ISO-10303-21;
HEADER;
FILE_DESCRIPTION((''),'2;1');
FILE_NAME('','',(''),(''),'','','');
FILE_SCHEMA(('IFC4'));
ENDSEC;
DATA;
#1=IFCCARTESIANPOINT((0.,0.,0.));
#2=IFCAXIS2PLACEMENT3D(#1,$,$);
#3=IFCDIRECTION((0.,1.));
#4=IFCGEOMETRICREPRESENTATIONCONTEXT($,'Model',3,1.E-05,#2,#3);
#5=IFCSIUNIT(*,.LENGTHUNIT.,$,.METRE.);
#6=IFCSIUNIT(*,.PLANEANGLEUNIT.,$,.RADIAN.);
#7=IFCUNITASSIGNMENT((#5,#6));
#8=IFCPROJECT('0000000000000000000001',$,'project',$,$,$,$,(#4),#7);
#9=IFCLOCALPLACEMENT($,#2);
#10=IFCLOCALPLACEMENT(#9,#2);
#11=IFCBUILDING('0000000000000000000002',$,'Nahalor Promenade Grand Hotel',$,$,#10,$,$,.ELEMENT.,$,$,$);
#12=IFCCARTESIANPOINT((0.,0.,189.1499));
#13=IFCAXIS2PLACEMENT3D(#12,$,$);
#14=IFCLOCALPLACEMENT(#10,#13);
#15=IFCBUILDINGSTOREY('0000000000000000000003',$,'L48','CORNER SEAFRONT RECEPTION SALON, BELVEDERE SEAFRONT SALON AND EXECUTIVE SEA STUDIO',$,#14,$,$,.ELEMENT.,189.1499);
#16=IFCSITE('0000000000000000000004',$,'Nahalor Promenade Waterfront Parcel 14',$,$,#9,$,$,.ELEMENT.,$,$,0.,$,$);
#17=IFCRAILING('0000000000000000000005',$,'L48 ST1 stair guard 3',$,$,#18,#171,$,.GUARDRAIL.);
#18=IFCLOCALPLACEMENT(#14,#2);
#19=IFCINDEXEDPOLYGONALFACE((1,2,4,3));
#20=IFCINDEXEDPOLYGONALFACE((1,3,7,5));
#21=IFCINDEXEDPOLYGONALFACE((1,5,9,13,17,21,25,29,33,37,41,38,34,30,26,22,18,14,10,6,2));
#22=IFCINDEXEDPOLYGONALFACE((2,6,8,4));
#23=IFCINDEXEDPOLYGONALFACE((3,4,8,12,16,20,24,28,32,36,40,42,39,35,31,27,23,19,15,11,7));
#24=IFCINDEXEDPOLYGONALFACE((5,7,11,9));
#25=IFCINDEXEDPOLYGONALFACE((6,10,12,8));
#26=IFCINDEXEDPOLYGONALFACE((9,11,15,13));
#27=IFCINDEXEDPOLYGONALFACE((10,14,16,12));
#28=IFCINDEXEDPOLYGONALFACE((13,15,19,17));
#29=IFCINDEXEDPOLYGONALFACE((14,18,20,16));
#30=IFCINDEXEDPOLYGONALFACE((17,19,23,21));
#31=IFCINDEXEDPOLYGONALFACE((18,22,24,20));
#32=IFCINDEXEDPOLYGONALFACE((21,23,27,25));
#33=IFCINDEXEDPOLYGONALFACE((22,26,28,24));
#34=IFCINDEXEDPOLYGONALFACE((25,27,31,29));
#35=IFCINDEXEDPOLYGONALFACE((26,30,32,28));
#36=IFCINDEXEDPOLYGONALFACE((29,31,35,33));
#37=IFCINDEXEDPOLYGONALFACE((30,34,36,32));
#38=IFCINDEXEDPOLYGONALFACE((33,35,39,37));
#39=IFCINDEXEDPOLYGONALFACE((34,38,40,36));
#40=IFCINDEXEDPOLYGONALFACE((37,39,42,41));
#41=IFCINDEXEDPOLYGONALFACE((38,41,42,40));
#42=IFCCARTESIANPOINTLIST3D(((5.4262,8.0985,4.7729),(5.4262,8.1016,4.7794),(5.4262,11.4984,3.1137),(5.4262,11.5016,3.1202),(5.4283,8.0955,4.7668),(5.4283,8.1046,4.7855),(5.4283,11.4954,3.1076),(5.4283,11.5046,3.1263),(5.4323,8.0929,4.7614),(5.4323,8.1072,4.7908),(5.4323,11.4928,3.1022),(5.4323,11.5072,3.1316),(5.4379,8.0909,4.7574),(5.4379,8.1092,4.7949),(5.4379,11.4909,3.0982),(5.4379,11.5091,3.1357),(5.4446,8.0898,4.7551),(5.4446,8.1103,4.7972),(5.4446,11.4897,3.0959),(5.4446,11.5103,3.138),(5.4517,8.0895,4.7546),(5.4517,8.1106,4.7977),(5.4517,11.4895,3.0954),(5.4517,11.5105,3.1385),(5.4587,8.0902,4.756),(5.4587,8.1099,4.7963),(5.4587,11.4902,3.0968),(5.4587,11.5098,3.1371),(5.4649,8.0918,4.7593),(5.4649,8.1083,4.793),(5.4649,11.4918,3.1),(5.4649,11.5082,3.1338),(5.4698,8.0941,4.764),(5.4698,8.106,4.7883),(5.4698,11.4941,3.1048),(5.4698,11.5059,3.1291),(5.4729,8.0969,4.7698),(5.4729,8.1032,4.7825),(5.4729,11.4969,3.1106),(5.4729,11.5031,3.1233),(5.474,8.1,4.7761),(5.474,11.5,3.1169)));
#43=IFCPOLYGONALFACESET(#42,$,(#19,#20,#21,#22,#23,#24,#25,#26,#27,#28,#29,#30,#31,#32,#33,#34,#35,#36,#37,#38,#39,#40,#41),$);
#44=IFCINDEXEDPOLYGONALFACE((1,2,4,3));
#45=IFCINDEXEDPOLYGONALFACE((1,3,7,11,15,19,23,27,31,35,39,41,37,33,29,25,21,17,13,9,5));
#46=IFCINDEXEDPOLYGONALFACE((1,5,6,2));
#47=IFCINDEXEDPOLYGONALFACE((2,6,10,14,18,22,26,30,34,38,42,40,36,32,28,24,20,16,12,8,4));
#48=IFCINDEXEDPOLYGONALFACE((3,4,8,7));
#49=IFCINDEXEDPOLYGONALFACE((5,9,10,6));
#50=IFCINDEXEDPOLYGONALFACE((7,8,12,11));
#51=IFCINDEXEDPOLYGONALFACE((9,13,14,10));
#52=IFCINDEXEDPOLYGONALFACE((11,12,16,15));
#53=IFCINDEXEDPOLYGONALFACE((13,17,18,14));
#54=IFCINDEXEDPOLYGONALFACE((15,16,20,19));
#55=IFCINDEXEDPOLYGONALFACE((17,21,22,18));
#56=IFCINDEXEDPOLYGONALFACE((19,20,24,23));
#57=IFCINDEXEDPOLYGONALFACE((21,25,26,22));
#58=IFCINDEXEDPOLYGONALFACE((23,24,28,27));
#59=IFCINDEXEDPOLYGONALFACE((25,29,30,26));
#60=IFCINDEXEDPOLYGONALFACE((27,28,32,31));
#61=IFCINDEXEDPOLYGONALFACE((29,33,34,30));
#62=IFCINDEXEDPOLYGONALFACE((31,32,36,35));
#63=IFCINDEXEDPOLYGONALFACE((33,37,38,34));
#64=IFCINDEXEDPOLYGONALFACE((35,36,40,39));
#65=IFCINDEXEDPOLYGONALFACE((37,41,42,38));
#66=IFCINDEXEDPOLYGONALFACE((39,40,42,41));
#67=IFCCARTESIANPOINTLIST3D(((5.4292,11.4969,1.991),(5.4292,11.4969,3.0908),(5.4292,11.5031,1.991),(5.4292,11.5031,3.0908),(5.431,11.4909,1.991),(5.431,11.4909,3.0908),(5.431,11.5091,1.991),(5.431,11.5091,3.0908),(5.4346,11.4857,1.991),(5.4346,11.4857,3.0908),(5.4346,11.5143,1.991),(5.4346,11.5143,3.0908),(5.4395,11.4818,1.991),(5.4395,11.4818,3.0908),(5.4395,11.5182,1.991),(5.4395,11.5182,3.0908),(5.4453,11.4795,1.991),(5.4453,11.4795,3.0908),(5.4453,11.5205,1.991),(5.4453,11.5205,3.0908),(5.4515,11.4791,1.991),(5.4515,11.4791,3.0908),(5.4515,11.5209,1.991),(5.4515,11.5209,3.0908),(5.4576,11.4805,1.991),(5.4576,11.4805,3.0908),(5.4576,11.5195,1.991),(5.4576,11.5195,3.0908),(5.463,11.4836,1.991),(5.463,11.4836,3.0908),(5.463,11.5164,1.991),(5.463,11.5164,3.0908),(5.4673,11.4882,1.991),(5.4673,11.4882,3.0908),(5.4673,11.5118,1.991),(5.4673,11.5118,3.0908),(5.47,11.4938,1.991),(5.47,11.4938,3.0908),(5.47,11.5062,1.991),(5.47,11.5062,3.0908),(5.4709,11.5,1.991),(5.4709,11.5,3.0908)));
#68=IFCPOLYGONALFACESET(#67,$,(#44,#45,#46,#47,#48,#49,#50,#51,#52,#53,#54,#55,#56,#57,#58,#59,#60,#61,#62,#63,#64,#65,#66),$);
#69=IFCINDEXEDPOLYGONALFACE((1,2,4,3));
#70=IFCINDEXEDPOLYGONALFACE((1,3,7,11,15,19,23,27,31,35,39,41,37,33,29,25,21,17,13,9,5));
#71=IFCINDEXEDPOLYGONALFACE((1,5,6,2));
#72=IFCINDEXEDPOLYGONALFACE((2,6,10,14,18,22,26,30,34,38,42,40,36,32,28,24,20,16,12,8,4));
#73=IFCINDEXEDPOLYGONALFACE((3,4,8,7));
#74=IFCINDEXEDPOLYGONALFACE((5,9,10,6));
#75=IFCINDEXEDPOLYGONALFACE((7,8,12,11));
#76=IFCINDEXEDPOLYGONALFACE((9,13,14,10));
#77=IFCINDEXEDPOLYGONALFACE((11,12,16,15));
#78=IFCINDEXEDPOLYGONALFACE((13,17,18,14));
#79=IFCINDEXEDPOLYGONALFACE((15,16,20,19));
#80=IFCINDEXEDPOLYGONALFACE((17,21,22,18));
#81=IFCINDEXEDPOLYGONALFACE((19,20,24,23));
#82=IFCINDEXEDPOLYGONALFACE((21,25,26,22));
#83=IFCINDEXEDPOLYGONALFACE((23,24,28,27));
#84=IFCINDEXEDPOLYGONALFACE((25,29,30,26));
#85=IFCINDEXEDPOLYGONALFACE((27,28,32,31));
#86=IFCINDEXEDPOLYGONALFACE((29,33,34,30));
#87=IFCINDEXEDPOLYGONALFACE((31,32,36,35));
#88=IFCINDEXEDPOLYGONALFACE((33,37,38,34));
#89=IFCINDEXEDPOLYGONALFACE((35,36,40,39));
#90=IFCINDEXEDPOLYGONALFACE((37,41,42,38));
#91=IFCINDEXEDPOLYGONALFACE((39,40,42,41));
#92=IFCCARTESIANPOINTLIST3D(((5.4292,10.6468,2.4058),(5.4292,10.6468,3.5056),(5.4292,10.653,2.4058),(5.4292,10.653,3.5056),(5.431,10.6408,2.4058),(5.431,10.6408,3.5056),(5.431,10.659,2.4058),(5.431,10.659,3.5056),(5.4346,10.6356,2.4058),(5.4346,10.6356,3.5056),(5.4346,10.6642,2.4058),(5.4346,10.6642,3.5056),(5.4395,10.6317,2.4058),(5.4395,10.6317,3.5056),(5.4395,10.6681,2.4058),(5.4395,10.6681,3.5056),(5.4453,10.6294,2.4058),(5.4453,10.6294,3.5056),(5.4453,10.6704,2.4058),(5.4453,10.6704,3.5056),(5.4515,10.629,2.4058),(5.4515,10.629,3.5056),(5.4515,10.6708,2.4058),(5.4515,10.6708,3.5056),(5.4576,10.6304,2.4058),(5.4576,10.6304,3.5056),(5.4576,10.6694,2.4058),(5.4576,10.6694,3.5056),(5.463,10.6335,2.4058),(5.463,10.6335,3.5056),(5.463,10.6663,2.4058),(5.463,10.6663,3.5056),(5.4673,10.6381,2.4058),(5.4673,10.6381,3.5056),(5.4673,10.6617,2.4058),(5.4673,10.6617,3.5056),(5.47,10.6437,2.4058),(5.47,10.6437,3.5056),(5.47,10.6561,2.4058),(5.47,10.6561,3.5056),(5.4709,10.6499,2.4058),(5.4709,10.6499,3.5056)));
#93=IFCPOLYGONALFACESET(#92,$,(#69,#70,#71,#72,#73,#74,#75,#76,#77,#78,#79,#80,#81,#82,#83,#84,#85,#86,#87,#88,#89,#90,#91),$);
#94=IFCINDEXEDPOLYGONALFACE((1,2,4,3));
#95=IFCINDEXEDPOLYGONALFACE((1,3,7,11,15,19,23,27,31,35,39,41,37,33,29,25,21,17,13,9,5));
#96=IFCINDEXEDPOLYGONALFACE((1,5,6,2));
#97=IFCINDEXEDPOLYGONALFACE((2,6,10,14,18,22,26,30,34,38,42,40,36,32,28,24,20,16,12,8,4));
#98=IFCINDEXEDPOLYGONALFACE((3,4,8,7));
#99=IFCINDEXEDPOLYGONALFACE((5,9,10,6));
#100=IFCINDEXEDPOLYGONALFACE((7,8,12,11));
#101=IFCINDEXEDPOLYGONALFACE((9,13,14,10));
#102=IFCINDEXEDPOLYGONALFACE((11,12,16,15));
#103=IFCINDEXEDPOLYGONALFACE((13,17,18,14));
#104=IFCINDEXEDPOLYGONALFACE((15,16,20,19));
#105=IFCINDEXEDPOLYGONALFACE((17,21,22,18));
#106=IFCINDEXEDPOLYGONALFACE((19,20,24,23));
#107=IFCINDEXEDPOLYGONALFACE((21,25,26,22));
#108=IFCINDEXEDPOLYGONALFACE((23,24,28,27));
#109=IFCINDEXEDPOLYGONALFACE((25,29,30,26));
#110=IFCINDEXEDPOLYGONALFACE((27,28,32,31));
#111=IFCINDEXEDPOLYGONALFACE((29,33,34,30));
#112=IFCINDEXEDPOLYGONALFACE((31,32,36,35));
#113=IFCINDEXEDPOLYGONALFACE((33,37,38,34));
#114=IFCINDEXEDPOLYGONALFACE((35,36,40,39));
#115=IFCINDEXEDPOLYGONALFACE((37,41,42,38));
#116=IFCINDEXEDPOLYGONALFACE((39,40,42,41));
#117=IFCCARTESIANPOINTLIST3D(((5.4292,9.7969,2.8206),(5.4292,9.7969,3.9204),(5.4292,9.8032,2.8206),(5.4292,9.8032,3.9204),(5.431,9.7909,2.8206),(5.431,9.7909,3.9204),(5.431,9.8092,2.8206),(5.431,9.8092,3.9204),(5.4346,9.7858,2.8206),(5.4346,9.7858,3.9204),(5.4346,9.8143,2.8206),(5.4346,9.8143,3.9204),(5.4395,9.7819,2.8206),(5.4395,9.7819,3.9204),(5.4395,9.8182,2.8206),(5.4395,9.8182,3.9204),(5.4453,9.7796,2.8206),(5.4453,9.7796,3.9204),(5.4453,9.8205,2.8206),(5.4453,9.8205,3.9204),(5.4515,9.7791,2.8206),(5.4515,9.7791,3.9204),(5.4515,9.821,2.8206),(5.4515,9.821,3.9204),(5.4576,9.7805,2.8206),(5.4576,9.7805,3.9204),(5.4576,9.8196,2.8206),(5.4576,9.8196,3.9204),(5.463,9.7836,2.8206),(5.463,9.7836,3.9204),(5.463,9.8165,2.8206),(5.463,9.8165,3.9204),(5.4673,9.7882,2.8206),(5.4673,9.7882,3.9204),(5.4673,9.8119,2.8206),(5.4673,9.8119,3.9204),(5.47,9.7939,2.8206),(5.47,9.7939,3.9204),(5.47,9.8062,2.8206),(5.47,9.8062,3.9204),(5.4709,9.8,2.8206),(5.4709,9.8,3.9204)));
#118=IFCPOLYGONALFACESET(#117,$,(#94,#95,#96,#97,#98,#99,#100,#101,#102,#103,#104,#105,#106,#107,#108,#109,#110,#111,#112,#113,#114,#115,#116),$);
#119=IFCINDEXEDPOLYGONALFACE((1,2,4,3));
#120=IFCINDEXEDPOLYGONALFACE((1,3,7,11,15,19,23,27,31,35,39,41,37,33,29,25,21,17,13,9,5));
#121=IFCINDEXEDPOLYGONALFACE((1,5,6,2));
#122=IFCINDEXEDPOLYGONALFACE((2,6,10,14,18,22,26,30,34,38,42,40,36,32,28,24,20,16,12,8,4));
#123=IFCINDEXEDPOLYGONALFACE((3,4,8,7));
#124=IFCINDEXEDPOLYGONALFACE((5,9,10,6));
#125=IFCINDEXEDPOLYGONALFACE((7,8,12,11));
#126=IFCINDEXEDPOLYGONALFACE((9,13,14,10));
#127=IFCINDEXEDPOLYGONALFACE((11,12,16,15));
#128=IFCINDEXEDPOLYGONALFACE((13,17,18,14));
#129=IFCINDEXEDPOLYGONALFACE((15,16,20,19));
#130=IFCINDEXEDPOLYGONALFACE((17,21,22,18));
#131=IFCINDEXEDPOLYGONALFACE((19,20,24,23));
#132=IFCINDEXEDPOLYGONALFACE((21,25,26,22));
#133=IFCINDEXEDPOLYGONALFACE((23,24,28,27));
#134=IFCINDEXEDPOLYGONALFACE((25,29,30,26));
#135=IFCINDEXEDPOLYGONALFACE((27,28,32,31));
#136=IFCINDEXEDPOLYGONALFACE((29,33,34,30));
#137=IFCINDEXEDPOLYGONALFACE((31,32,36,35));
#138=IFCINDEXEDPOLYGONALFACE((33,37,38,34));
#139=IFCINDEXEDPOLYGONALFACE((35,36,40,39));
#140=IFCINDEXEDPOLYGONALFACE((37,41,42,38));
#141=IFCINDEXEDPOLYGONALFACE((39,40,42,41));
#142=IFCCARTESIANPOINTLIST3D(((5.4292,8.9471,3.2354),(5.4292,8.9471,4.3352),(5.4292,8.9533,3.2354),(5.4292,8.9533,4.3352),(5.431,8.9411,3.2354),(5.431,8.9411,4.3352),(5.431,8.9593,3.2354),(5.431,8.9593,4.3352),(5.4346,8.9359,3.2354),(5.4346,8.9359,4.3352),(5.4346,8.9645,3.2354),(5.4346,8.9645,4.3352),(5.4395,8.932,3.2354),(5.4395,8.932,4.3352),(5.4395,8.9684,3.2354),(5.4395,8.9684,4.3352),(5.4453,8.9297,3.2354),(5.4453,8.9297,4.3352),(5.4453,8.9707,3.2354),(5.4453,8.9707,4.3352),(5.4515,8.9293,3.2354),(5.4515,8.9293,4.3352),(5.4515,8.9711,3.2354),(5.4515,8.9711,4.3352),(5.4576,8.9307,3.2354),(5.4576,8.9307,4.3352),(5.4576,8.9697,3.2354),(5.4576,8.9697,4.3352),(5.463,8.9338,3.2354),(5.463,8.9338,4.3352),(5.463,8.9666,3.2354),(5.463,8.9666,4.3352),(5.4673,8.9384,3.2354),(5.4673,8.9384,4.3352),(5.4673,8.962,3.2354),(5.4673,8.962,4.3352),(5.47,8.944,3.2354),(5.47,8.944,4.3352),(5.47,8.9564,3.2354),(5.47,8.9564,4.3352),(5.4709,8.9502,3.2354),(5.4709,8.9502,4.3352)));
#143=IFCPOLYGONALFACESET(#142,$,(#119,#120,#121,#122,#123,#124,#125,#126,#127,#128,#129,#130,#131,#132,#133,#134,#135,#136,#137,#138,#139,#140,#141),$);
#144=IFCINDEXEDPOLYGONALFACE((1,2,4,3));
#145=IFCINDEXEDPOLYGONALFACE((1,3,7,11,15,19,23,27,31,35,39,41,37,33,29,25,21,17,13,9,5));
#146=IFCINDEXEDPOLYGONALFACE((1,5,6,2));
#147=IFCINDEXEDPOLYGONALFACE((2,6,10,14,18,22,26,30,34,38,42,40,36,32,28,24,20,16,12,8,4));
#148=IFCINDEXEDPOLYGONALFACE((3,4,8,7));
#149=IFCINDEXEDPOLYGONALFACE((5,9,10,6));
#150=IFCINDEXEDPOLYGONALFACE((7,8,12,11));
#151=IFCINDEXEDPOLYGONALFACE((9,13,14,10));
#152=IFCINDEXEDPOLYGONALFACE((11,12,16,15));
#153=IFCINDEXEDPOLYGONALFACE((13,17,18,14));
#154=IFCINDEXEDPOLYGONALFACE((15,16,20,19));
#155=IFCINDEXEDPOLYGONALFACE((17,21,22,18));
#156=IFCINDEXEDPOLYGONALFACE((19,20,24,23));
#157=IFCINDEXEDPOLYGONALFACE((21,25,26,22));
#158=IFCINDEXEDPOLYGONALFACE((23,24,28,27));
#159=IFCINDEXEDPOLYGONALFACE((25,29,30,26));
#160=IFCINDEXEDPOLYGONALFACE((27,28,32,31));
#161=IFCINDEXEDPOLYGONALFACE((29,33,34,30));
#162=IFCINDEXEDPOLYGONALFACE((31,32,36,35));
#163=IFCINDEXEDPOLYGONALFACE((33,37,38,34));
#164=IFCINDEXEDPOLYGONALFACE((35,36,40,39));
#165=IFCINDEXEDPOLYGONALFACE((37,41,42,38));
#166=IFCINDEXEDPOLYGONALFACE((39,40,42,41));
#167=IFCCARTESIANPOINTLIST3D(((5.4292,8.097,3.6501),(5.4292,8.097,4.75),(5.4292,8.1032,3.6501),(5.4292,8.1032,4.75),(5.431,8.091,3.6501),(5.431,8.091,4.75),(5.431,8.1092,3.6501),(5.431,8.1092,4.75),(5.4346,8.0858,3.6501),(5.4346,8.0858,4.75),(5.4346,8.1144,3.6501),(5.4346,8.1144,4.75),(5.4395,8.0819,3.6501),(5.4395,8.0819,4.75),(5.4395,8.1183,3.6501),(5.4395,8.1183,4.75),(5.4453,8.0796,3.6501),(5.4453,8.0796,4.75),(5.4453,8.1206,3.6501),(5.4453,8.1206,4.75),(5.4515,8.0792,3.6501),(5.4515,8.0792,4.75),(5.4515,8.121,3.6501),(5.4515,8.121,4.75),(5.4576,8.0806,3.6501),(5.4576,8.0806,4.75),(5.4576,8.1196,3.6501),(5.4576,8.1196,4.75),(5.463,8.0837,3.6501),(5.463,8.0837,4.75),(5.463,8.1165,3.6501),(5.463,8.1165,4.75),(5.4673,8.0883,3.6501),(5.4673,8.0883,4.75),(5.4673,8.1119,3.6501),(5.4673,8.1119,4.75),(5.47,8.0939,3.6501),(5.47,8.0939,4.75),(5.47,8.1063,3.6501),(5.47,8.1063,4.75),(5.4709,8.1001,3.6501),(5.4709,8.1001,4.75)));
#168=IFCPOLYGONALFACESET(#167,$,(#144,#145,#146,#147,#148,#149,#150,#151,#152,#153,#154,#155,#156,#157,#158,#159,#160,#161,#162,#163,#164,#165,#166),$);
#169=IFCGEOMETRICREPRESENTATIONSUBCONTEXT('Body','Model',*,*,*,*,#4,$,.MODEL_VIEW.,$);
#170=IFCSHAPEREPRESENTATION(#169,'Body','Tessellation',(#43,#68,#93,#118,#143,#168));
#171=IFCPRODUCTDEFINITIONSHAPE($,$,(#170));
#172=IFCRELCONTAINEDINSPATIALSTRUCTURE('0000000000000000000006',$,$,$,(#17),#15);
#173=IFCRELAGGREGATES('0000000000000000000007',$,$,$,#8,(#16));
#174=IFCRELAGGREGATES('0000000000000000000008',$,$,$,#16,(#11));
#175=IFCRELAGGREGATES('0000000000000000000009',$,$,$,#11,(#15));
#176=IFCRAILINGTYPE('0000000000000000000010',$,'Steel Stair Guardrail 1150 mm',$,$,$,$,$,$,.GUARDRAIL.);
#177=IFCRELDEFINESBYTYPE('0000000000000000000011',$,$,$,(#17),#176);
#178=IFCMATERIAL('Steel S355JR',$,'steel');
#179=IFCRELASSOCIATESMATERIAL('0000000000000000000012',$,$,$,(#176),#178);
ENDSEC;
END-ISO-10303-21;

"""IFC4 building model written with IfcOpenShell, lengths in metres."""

from ifc_helpers import new_model, si_unit, direction, frame, origin, origin_2d, place, context, subcontext, project, spatial, circle, extrude, material, type_object, element, save


model = new_model("IFC4")

# Units and contexts
model_context = context("Model", 3, precision=1e-05, world=origin(), true_north=direction((0.0, 1.0)))
body_context = subcontext(model_context, "Body", "Model", "MODEL_VIEW")
ifc_project = project(units=[si_unit("LENGTHUNIT", "METRE"), si_unit("PLANEANGLEUNIT", "RADIAN")], contexts=[model_context])

# Site, building, storey
site_placement = place(None, origin())
site = spatial("IfcSite", under=ifc_project, at=site_placement, Name="Nahalor Promenade Waterfront Parcel 14", CompositionType="ELEMENT", RefElevation=0.0)
building_placement = place(site_placement, origin())
building = spatial("IfcBuilding", under=site, at=building_placement, Name="Nahalor Promenade Grand Hotel", CompositionType="ELEMENT")
storey_placement = place(building_placement, frame((0.0, 0.0, 189.1499)))
storey = spatial("IfcBuildingStorey", under=building, at=storey_placement, Name="L48", Description="CORNER SEAFRONT RECEPTION SALON, BELVEDERE SEAFRONT SALON AND EXECUTIVE SEA STUDIO", CompositionType="ELEMENT", Elevation=189.1499)

# Shared definitions
ifc_material_1 = material(Name="Steel S355JR", Category="steel")

# Railing
railing_type_1 = type_object("IfcRailingType", Name="Steel Stair Guardrail 1150 mm", PredefinedType="GUARDRAIL", material=ifc_material_1)
railing_1_placement = place(storey_placement, frame((5.45, 11.5, 1.991)))
element("IfcRailing", 1, at=railing_1_placement, inside=storey, type_object=railing_type_1, Name="L48 ST1 stair guard 3", PredefinedType="GUARDRAIL", context=body_context, shape_type="SweptSolid", body=[
    extrude(circle(Radius=0.024, at=origin_2d()), frame((0.0, 0.0, 1.126), z_axis=(0.0, -0.898696, 0.438571), x_axis=(1.0, 0.0, 0.0)), (0.0, 0.0, 1.0), 3.7832),
    extrude(circle(Radius=0.021, at=origin_2d()), origin(), (0.0, 0.0, 1.0), 1.0999),
    extrude(circle(Radius=0.021, at=origin_2d()), frame((0.0, -0.8501, 0.4148)), (0.0, 0.0, 1.0), 1.0999),
    extrude(circle(Radius=0.021, at=origin_2d()), frame((0.0, -1.7, 0.8296)), (0.0, 0.0, 1.0), 1.0999),
    extrude(circle(Radius=0.021, at=origin_2d()), frame((0.0, -2.5498, 1.2444)), (0.0, 0.0, 1.0), 1.0999),
    extrude(circle(Radius=0.021, at=origin_2d()), frame((0.0, -3.3999, 1.6592)), (0.0, 0.0, 1.0), 1.0999),
])

save(model, "model.ifc")
